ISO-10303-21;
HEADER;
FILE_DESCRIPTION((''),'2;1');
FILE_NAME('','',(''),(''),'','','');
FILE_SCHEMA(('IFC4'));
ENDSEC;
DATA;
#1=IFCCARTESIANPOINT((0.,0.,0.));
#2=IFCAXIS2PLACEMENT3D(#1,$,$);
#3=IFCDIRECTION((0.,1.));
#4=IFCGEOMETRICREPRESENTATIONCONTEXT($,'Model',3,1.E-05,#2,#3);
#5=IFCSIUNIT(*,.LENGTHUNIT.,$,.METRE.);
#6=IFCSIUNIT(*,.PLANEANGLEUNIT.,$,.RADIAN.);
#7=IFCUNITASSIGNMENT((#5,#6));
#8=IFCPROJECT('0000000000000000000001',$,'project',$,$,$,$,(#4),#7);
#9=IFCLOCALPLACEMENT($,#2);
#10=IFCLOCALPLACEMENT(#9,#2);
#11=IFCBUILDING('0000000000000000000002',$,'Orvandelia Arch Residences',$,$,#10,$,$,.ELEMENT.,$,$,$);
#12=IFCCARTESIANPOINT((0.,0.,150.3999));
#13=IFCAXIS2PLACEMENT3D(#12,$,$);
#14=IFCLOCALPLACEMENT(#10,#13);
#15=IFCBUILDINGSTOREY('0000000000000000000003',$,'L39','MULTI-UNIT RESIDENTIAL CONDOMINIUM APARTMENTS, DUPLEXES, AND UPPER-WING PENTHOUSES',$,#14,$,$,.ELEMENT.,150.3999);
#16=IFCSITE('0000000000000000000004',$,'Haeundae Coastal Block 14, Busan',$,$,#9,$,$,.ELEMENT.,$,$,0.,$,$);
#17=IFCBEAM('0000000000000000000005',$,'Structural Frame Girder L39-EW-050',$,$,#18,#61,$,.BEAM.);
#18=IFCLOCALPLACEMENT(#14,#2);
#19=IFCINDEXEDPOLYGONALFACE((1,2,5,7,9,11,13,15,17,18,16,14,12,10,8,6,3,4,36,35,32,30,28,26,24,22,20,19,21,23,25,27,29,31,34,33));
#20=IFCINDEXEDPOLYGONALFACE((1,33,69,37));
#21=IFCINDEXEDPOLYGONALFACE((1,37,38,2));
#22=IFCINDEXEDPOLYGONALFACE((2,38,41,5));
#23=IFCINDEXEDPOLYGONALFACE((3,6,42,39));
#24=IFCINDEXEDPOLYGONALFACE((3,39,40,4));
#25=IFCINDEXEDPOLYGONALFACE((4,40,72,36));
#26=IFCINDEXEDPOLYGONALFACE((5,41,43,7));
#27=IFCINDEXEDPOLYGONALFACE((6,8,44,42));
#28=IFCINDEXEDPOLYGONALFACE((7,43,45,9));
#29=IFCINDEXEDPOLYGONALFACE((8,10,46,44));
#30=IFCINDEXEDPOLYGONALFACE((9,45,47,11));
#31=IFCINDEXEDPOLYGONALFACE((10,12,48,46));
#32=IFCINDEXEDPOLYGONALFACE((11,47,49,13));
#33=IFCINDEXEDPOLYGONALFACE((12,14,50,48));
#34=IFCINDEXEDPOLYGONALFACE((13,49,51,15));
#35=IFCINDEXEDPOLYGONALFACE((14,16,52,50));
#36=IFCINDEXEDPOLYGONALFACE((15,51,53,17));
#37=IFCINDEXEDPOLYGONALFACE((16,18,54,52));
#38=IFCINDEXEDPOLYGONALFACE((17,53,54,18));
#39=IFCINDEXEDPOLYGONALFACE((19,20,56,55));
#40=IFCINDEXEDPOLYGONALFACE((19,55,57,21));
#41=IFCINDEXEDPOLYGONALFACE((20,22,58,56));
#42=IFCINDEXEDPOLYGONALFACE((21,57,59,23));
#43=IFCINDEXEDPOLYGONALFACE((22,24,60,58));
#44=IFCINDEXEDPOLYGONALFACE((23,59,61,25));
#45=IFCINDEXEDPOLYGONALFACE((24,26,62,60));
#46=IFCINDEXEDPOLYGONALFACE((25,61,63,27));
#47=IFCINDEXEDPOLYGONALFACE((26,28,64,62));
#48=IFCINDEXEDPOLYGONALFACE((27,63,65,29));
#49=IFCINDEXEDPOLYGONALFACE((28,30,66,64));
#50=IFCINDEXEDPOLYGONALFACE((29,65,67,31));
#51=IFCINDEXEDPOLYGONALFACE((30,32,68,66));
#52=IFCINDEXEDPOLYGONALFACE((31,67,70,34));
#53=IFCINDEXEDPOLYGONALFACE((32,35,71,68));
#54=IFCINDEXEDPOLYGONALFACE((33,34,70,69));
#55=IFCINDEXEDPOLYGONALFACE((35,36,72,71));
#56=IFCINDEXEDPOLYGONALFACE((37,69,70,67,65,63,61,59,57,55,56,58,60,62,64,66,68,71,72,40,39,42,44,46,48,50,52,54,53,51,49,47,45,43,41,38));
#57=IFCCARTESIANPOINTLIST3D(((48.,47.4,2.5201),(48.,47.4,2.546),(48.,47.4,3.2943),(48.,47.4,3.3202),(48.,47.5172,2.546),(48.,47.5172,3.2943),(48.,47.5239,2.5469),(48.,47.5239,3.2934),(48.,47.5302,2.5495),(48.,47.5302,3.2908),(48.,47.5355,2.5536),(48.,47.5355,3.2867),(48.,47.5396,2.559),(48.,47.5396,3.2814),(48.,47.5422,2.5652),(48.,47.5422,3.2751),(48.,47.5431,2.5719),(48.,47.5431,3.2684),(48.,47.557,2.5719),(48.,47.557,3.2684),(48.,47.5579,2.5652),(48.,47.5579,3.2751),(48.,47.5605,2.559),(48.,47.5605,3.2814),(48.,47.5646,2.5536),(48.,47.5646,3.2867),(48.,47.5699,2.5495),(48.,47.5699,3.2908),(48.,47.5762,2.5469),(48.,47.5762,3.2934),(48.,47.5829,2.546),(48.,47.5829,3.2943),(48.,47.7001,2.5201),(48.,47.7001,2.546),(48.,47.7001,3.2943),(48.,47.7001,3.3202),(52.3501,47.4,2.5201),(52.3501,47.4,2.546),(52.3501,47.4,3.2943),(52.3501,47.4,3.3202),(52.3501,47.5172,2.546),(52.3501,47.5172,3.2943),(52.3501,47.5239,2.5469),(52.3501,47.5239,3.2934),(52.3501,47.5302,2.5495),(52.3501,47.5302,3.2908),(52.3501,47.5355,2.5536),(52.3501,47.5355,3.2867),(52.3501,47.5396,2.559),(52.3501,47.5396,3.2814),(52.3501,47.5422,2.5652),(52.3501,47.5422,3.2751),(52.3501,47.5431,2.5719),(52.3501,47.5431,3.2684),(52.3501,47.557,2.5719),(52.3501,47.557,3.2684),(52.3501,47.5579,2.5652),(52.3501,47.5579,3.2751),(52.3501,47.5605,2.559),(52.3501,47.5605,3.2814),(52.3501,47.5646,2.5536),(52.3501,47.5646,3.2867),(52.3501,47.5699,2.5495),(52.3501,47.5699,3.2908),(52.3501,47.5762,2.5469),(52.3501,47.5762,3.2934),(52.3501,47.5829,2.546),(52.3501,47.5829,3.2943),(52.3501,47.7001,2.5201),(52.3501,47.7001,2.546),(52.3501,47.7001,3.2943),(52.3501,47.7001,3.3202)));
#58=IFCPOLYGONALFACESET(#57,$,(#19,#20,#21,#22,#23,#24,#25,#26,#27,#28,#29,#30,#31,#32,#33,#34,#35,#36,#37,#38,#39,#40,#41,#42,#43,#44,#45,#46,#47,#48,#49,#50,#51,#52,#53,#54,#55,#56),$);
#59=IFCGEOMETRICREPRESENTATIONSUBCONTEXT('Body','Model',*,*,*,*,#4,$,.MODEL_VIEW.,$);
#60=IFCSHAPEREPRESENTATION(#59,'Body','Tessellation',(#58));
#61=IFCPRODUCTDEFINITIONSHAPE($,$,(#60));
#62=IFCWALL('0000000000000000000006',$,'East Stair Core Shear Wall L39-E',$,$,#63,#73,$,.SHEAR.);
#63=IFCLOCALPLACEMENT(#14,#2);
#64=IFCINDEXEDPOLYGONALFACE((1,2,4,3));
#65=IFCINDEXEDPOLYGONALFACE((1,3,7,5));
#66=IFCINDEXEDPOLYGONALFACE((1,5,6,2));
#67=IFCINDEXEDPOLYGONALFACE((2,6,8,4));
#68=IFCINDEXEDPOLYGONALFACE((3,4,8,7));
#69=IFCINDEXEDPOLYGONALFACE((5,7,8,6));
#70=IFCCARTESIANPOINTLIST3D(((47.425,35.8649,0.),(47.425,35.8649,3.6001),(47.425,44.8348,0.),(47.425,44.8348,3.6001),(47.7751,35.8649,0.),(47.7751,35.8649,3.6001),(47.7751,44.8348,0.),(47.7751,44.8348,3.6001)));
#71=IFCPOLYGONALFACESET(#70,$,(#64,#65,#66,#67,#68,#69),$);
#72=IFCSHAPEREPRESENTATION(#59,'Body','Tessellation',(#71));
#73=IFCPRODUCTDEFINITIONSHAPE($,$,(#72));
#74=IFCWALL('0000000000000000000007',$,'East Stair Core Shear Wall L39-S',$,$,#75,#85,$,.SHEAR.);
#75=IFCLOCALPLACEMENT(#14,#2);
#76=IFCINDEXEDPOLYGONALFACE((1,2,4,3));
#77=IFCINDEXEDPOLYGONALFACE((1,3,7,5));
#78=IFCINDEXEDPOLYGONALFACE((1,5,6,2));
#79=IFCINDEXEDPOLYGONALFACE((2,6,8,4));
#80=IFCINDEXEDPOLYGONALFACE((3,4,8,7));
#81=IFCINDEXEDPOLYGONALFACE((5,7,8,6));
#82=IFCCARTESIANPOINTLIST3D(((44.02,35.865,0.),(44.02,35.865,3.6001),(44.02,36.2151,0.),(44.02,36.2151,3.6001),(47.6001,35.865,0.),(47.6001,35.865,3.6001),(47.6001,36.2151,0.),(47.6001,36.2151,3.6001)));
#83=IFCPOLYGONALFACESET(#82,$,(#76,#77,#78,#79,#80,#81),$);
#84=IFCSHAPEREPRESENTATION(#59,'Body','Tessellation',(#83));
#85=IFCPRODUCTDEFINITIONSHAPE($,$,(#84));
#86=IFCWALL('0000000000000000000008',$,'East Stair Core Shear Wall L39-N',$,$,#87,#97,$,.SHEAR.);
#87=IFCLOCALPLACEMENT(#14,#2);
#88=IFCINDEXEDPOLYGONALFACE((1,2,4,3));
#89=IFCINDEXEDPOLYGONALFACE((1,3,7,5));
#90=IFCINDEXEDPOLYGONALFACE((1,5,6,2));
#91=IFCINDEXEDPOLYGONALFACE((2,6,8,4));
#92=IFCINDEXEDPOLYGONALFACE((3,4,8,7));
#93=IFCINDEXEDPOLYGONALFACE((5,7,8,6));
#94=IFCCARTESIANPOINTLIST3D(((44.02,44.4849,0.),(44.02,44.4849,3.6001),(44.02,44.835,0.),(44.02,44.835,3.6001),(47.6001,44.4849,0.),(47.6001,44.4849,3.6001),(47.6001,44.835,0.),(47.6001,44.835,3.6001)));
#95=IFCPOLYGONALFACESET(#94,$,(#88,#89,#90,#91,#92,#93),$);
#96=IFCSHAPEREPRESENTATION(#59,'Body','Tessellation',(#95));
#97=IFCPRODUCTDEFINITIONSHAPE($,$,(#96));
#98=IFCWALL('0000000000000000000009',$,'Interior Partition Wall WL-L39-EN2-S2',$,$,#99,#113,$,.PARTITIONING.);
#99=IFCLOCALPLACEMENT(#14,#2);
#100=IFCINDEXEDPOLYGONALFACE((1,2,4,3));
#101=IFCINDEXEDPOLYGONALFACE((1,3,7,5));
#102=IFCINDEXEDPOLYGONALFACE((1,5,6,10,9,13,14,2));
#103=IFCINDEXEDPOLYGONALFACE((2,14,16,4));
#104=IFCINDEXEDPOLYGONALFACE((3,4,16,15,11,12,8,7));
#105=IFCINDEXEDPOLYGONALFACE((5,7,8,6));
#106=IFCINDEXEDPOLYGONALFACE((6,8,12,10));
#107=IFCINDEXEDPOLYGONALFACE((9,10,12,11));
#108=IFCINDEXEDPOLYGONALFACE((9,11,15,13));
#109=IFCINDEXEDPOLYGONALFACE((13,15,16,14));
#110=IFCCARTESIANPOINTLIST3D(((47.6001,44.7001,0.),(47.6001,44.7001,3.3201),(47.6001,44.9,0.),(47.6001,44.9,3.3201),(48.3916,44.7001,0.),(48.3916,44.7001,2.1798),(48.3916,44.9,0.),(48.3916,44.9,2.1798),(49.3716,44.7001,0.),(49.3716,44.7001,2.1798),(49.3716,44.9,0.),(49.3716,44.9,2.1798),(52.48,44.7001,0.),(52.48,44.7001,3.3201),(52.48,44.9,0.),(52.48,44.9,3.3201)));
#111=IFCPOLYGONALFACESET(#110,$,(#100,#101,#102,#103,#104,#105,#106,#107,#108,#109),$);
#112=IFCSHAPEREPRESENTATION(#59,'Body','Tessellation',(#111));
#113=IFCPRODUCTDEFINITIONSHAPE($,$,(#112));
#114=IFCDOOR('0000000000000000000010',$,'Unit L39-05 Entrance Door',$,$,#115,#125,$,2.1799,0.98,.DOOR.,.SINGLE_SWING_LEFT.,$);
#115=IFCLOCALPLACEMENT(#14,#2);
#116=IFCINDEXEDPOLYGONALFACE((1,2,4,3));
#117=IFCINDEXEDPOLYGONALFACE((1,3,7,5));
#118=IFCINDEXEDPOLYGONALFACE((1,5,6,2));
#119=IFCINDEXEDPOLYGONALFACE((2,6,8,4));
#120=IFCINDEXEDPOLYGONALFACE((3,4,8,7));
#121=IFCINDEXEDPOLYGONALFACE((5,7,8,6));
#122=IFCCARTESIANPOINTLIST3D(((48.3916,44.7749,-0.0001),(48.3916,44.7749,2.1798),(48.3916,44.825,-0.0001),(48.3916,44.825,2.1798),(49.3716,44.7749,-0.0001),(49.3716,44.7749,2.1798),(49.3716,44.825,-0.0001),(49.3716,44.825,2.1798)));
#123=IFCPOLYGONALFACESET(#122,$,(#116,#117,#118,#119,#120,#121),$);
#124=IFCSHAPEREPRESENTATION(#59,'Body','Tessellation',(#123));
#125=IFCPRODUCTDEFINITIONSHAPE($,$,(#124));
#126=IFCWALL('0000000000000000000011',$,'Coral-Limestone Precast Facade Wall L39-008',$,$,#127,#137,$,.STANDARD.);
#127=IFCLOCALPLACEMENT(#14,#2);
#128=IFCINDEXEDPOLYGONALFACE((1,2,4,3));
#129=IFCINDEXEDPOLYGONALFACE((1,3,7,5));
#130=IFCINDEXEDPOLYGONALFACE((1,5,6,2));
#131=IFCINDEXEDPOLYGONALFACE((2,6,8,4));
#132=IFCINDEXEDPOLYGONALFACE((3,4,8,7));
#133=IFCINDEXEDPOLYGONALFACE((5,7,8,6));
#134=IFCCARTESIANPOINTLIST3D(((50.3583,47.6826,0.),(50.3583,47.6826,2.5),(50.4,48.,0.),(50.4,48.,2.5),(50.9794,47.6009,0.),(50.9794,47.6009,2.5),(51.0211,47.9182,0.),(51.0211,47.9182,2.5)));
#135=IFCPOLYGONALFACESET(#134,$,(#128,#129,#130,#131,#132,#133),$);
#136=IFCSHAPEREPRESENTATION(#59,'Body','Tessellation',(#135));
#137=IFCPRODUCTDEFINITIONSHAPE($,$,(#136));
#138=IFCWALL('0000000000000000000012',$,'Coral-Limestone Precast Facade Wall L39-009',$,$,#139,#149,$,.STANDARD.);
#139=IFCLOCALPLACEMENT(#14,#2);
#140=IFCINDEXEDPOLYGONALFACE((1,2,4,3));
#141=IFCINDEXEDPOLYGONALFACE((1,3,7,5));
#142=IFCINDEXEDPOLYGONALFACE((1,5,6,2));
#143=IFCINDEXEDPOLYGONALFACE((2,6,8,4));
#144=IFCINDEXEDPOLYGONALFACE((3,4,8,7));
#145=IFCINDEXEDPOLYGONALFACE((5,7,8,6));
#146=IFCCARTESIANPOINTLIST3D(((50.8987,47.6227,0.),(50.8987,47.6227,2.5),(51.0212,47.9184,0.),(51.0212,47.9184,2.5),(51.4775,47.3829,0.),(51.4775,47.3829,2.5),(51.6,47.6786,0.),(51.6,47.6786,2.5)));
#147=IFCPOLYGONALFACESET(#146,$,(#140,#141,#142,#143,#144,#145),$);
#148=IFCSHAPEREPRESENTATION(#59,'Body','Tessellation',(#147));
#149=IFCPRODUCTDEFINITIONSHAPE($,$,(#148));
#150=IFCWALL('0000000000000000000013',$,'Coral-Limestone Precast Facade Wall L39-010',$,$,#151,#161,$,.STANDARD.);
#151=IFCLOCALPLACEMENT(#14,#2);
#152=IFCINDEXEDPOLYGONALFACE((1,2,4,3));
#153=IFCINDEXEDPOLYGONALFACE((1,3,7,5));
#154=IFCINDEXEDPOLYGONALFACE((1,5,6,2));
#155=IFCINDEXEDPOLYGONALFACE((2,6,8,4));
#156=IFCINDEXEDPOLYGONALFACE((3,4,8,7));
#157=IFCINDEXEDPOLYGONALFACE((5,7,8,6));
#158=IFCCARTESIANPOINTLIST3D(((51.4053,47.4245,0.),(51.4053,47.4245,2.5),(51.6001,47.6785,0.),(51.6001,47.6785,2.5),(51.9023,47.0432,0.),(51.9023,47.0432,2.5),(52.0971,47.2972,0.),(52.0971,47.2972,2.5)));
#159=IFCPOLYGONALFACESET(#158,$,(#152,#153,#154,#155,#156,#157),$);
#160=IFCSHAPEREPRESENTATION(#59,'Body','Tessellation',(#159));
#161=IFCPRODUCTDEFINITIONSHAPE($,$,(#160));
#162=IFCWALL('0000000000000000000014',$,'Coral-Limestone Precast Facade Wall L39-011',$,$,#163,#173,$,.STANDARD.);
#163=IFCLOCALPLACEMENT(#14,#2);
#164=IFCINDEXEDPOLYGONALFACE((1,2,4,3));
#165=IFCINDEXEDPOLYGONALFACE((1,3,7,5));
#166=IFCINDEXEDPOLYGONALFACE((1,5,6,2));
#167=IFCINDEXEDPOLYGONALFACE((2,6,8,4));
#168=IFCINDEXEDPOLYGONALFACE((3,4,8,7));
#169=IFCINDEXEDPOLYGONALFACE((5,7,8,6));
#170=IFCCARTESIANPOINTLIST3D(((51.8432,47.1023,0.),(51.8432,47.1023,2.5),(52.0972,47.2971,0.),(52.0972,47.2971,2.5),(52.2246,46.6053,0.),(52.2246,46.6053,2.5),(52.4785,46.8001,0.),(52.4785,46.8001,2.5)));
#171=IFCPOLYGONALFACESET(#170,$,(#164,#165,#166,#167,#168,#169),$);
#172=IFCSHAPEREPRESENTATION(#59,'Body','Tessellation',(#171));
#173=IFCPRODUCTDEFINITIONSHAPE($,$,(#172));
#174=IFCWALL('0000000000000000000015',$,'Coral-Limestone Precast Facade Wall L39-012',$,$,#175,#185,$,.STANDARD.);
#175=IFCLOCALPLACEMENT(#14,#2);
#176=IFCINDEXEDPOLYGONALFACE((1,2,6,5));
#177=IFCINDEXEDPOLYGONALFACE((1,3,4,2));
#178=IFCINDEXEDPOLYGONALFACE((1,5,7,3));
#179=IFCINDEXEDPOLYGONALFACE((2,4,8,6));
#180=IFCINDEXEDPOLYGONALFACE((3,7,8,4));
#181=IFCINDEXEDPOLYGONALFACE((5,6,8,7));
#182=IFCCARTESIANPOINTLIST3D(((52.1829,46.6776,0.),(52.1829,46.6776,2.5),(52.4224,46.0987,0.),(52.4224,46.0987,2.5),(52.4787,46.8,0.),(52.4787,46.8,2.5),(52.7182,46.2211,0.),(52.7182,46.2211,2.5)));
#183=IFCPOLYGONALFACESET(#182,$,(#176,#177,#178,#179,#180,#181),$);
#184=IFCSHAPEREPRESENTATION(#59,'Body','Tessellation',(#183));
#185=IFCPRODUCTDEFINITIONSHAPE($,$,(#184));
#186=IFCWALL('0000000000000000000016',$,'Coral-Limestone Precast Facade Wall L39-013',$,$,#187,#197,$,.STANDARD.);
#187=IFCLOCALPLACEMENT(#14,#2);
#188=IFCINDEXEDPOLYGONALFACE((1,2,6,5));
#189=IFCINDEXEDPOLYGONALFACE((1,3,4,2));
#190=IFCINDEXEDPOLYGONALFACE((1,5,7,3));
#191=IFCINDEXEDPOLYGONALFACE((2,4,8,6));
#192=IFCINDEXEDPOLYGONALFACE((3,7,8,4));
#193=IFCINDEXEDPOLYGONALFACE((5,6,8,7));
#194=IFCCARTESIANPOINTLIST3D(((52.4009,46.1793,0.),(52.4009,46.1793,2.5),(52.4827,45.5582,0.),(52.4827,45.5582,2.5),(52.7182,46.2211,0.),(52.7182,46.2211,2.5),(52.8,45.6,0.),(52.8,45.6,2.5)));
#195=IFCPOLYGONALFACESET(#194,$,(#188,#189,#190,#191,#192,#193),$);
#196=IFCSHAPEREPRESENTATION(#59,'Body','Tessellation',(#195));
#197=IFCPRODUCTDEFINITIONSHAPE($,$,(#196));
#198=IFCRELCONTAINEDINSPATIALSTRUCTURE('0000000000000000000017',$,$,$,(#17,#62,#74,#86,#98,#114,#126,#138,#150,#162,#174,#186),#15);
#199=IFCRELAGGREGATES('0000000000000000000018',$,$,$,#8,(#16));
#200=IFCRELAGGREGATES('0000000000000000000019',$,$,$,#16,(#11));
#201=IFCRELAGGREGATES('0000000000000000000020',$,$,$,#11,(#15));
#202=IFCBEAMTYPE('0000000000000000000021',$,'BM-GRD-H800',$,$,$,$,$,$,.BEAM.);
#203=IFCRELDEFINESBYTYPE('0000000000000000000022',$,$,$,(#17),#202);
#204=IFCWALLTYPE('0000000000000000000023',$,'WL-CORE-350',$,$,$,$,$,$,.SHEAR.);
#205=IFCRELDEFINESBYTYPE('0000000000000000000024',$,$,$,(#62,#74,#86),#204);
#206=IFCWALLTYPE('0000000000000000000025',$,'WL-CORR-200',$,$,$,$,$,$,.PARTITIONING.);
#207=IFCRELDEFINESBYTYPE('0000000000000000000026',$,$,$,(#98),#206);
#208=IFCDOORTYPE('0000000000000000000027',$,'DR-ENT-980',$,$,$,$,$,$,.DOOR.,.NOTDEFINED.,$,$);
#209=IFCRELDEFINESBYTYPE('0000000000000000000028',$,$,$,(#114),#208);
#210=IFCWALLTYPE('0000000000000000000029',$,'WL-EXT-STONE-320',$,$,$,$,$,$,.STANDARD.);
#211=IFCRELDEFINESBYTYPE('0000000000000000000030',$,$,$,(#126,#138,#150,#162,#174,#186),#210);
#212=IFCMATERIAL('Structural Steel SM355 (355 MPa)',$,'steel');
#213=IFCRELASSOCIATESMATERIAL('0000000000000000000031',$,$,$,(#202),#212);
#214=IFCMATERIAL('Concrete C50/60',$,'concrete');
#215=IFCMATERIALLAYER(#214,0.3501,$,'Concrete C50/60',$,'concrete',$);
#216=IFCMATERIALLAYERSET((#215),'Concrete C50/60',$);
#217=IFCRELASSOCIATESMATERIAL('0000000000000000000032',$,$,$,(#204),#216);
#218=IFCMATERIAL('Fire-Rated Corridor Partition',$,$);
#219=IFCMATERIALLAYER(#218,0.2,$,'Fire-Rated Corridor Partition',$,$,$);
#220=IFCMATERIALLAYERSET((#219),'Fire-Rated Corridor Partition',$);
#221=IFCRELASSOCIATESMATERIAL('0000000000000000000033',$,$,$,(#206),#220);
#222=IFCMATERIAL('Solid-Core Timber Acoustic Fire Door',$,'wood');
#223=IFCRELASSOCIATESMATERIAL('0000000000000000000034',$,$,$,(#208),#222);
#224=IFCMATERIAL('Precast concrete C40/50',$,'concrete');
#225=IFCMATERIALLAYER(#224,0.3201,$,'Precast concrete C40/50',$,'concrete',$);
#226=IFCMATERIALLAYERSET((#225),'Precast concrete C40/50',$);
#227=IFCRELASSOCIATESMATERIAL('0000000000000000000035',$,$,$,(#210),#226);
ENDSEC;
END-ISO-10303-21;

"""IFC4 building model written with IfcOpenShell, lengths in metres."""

from ifc_helpers import new_model, si_unit, direction, frame, frame_2d, origin, origin_2d, place, context, subcontext, project, spatial, rectangle, i_section, extrude, material, layer, layer_set, material_profile, profile_set, type_object, element, fill, save


model = new_model("IFC4")

# Units and contexts
model_context = context("Model", 3, precision=1e-05, world=origin(), true_north=direction((0.0, 1.0)))
body_context = subcontext(model_context, "Body", "Model", "MODEL_VIEW")
ifc_project = project(units=[si_unit("LENGTHUNIT", "METRE"), si_unit("PLANEANGLEUNIT", "RADIAN")], contexts=[model_context])

# Site, building, storey
site_placement = place(None, origin())
site = spatial("IfcSite", under=ifc_project, at=site_placement, Name="Haeundae Coastal Block 14, Busan", CompositionType="ELEMENT", RefElevation=0.0)
building_placement = place(site_placement, origin())
building = spatial("IfcBuilding", under=site, at=building_placement, Name="Orvandelia Arch Residences", CompositionType="ELEMENT")
storey_placement = place(building_placement, frame((0.0, 0.0, 150.3999)))
storey = spatial("IfcBuildingStorey", under=building, at=storey_placement, Name="L39", Description="MULTI-UNIT RESIDENTIAL CONDOMINIUM APARTMENTS, DUPLEXES, AND UPPER-WING PENTHOUSES", CompositionType="ELEMENT", Elevation=150.3999)

# Beam
ifc_material_1 = material(Name="Structural Steel SM355 (355 MPa)", Category="steel")
ifc_material_profile_1 = material_profile(ifc_material_1, i_section(OverallWidth=0.3, OverallDepth=0.8, WebThickness=0.0139, FlangeThickness=0.0259, FilletRadius=0.0259, at=origin_2d()), Name="Structural Steel SM355 (355 MPa)", Category="steel")
ifc_profile_set_1 = profile_set([ifc_material_profile_1], Name="Structural Steel SM355 (355 MPa)")
beam_type = type_object("IfcBeamType", Name="BM-GRD-H800", PredefinedType="BEAM", material=ifc_profile_set_1)
for number, where, z_axis, x_axis, name in (
    (1, (48.0, 47.55, 2.9202), (1.0, 0.0, 0.0), (0.0, 1.0, 0.0), "Structural Frame Girder L39-EW-050"),
):
    element("IfcBeam", number, at=place(storey_placement, frame(where, z_axis=z_axis, x_axis=x_axis)), inside=storey, type_object=beam_type, Name=name, PredefinedType="BEAM", context=body_context, shape_type="SweptSolid", body=[
        extrude(i_section(OverallWidth=0.3, OverallDepth=0.8, WebThickness=0.0139, FlangeThickness=0.0259, FilletRadius=0.0259, at=origin_2d()), origin(), (0.0, 0.0, 1.0), 4.3501),
    ])

# Walls
ifc_material_2 = material(Name="Concrete C50/60", Category="concrete")
ifc_layer_1 = layer(ifc_material_2, 0.3501, Name="Concrete C50/60", Category="concrete")
ifc_layer_set_1 = layer_set([ifc_layer_1], Name="Concrete C50/60")
wall_type_1 = type_object("IfcWallType", Name="WL-CORE-350", PredefinedType="SHEAR", material=ifc_layer_set_1)
wall_1_placement = place(storey_placement, frame((47.6001, 35.865, 0.0), z_axis=(0.0, 0.0, 1.0), x_axis=(0.0, 1.0, 0.0)))
element("IfcWall", 2, at=wall_1_placement, inside=storey, type_object=wall_type_1, Name="East Stair Core Shear Wall L39-E", PredefinedType="SHEAR", context=body_context, shape_type="SweptSolid", body=[
    extrude(rectangle(XDim=8.97, YDim=0.3501, at=frame_2d((4.4849, 0.0))), origin(), (0.0, 0.0, 1.0), 3.6001),
])
for number, where, z_axis, x_axis, name in (
    (3, (44.02, 36.04, 0.0), (0.0, 0.0, 1.0), (1.0, 0.0, 0.0), "East Stair Core Shear Wall L39-S"),
    (4, (44.02, 44.6599, 0.0), (0.0, 0.0, 1.0), (1.0, 0.0, 0.0), "East Stair Core Shear Wall L39-N"),
):
    element("IfcWall", number, at=place(storey_placement, frame(where, z_axis=z_axis, x_axis=x_axis)), inside=storey, type_object=wall_type_1, Name=name, PredefinedType="SHEAR", context=body_context, shape_type="SweptSolid", body=[
        extrude(rectangle(XDim=3.5801, YDim=0.3501, at=frame_2d((1.79, 0.0))), origin(), (0.0, 0.0, 1.0), 3.6001),
    ])

# Wall, opening, door
ifc_material_3 = material(Name="Fire-Rated Corridor Partition")
ifc_layer_2 = layer(ifc_material_3, 0.2, Name="Fire-Rated Corridor Partition")
ifc_layer_set_2 = layer_set([ifc_layer_2], Name="Fire-Rated Corridor Partition")
wall_type_2 = type_object("IfcWallType", Name="WL-CORR-200", PredefinedType="PARTITIONING", material=ifc_layer_set_2)
wall_2_placement = place(storey_placement, frame((47.6001, 44.8, 0.0), z_axis=(0.0, 0.0, 1.0), x_axis=(1.0, 0.0, 0.0)))
wall_2 = element("IfcWall", 5, at=wall_2_placement, inside=storey, type_object=wall_type_2, Name="Interior Partition Wall WL-L39-EN2-S2", PredefinedType="PARTITIONING", context=body_context, shape_type="SweptSolid", body=[
    extrude(rectangle(XDim=4.8799, YDim=0.2, at=frame_2d((2.4399, 0.0))), origin(), (0.0, 0.0, 1.0), 3.3201),
])
opening_1_placement = place(wall_2_placement, frame((0.7915, 0.0, 0.0)))
opening_1 = element("IfcOpeningElement", 6, at=opening_1_placement, cuts=wall_2, PredefinedType="OPENING", context=body_context, shape_type="SweptSolid", body=[
    extrude(rectangle(XDim=0.98, YDim=2.1799, at=frame_2d((0.49, 1.0898))), frame((0.0, 0.1099, 0.0), z_axis=(0.0, -1.0, 0.0), x_axis=(1.0, 0.0, 0.0)), (0.0, 0.0, 1.0), 0.22),
])
ifc_material_4 = material(Name="Solid-Core Timber Acoustic Fire Door", Category="wood")
door_type_1 = type_object("IfcDoorType", Name="DR-ENT-980", OperationType="NOTDEFINED", PredefinedType="DOOR", material=ifc_material_4)
door_1_placement = place(opening_1_placement, origin())
door_1 = element("IfcDoor", 7, at=door_1_placement, inside=storey, type_object=door_type_1, Name="Unit L39-05 Entrance Door", OperationType="SINGLE_SWING_LEFT", OverallHeight=2.1799, OverallWidth=0.98, PredefinedType="DOOR", context=body_context, shape_type="SweptSolid", body=[
    extrude(rectangle(XDim=0.98, YDim=2.1799, at=frame_2d((0.49, 1.0898))), frame((0.0, 0.0249, 0.0), z_axis=(0.0, -1.0, 0.0), x_axis=(1.0, 0.0, 0.0)), (0.0, 0.0, 1.0), 0.05),
])
fill(opening_1, door_1)

# Walls
ifc_material_5 = material(Name="Precast concrete C40/50", Category="concrete")
ifc_layer_3 = layer(ifc_material_5, 0.3201, Name="Precast concrete C40/50", Category="concrete")
ifc_layer_set_3 = layer_set([ifc_layer_3], Name="Precast concrete C40/50")
wall_type_3 = type_object("IfcWallType", Name="WL-EXT-STONE-320", PredefinedType="STANDARD", material=ifc_layer_set_3)
for number, where, z_axis, x_axis, name in (
    (8, (50.3792, 47.8413, 0.0), (0.0, 0.0, 1.0), (0.991441, -0.130555, 0.0), "Coral-Limestone Precast Facade Wall L39-008"),
    (9, (50.96, 47.7705, 0.0), (0.0, 0.0, 1.0), (0.923893, -0.38265, 0.0), "Coral-Limestone Precast Facade Wall L39-009"),
    (10, (51.5027, 47.5515, 0.0), (0.0, 0.0, 1.0), (0.793406, -0.608693, 0.0), "Coral-Limestone Precast Facade Wall L39-010"),
    (11, (51.9702, 47.1997, 0.0), (0.0, 0.0, 1.0), (0.608693, -0.793406, 0.0), "Coral-Limestone Precast Facade Wall L39-011"),
    (12, (52.3308, 46.7388, 0.0), (0.0, 0.0, 1.0), (0.382317, -0.924031, 0.0), "Coral-Limestone Precast Facade Wall L39-012"),
    (13, (52.5596, 46.2002, 0.0), (0.0, 0.0, 1.0), (0.130555, -0.991441, 0.0), "Coral-Limestone Precast Facade Wall L39-013"),
):
    element("IfcWall", number, at=place(storey_placement, frame(where, z_axis=z_axis, x_axis=x_axis)), inside=storey, type_object=wall_type_3, Name=name, PredefinedType="STANDARD", context=body_context, shape_type="SweptSolid", body=[
        extrude(rectangle(XDim=0.6265, YDim=0.3201, at=frame_2d((0.3132, 0.0))), origin(), (0.0, 0.0, 1.0), 2.5),
    ])

save(model, "model.ifc")
